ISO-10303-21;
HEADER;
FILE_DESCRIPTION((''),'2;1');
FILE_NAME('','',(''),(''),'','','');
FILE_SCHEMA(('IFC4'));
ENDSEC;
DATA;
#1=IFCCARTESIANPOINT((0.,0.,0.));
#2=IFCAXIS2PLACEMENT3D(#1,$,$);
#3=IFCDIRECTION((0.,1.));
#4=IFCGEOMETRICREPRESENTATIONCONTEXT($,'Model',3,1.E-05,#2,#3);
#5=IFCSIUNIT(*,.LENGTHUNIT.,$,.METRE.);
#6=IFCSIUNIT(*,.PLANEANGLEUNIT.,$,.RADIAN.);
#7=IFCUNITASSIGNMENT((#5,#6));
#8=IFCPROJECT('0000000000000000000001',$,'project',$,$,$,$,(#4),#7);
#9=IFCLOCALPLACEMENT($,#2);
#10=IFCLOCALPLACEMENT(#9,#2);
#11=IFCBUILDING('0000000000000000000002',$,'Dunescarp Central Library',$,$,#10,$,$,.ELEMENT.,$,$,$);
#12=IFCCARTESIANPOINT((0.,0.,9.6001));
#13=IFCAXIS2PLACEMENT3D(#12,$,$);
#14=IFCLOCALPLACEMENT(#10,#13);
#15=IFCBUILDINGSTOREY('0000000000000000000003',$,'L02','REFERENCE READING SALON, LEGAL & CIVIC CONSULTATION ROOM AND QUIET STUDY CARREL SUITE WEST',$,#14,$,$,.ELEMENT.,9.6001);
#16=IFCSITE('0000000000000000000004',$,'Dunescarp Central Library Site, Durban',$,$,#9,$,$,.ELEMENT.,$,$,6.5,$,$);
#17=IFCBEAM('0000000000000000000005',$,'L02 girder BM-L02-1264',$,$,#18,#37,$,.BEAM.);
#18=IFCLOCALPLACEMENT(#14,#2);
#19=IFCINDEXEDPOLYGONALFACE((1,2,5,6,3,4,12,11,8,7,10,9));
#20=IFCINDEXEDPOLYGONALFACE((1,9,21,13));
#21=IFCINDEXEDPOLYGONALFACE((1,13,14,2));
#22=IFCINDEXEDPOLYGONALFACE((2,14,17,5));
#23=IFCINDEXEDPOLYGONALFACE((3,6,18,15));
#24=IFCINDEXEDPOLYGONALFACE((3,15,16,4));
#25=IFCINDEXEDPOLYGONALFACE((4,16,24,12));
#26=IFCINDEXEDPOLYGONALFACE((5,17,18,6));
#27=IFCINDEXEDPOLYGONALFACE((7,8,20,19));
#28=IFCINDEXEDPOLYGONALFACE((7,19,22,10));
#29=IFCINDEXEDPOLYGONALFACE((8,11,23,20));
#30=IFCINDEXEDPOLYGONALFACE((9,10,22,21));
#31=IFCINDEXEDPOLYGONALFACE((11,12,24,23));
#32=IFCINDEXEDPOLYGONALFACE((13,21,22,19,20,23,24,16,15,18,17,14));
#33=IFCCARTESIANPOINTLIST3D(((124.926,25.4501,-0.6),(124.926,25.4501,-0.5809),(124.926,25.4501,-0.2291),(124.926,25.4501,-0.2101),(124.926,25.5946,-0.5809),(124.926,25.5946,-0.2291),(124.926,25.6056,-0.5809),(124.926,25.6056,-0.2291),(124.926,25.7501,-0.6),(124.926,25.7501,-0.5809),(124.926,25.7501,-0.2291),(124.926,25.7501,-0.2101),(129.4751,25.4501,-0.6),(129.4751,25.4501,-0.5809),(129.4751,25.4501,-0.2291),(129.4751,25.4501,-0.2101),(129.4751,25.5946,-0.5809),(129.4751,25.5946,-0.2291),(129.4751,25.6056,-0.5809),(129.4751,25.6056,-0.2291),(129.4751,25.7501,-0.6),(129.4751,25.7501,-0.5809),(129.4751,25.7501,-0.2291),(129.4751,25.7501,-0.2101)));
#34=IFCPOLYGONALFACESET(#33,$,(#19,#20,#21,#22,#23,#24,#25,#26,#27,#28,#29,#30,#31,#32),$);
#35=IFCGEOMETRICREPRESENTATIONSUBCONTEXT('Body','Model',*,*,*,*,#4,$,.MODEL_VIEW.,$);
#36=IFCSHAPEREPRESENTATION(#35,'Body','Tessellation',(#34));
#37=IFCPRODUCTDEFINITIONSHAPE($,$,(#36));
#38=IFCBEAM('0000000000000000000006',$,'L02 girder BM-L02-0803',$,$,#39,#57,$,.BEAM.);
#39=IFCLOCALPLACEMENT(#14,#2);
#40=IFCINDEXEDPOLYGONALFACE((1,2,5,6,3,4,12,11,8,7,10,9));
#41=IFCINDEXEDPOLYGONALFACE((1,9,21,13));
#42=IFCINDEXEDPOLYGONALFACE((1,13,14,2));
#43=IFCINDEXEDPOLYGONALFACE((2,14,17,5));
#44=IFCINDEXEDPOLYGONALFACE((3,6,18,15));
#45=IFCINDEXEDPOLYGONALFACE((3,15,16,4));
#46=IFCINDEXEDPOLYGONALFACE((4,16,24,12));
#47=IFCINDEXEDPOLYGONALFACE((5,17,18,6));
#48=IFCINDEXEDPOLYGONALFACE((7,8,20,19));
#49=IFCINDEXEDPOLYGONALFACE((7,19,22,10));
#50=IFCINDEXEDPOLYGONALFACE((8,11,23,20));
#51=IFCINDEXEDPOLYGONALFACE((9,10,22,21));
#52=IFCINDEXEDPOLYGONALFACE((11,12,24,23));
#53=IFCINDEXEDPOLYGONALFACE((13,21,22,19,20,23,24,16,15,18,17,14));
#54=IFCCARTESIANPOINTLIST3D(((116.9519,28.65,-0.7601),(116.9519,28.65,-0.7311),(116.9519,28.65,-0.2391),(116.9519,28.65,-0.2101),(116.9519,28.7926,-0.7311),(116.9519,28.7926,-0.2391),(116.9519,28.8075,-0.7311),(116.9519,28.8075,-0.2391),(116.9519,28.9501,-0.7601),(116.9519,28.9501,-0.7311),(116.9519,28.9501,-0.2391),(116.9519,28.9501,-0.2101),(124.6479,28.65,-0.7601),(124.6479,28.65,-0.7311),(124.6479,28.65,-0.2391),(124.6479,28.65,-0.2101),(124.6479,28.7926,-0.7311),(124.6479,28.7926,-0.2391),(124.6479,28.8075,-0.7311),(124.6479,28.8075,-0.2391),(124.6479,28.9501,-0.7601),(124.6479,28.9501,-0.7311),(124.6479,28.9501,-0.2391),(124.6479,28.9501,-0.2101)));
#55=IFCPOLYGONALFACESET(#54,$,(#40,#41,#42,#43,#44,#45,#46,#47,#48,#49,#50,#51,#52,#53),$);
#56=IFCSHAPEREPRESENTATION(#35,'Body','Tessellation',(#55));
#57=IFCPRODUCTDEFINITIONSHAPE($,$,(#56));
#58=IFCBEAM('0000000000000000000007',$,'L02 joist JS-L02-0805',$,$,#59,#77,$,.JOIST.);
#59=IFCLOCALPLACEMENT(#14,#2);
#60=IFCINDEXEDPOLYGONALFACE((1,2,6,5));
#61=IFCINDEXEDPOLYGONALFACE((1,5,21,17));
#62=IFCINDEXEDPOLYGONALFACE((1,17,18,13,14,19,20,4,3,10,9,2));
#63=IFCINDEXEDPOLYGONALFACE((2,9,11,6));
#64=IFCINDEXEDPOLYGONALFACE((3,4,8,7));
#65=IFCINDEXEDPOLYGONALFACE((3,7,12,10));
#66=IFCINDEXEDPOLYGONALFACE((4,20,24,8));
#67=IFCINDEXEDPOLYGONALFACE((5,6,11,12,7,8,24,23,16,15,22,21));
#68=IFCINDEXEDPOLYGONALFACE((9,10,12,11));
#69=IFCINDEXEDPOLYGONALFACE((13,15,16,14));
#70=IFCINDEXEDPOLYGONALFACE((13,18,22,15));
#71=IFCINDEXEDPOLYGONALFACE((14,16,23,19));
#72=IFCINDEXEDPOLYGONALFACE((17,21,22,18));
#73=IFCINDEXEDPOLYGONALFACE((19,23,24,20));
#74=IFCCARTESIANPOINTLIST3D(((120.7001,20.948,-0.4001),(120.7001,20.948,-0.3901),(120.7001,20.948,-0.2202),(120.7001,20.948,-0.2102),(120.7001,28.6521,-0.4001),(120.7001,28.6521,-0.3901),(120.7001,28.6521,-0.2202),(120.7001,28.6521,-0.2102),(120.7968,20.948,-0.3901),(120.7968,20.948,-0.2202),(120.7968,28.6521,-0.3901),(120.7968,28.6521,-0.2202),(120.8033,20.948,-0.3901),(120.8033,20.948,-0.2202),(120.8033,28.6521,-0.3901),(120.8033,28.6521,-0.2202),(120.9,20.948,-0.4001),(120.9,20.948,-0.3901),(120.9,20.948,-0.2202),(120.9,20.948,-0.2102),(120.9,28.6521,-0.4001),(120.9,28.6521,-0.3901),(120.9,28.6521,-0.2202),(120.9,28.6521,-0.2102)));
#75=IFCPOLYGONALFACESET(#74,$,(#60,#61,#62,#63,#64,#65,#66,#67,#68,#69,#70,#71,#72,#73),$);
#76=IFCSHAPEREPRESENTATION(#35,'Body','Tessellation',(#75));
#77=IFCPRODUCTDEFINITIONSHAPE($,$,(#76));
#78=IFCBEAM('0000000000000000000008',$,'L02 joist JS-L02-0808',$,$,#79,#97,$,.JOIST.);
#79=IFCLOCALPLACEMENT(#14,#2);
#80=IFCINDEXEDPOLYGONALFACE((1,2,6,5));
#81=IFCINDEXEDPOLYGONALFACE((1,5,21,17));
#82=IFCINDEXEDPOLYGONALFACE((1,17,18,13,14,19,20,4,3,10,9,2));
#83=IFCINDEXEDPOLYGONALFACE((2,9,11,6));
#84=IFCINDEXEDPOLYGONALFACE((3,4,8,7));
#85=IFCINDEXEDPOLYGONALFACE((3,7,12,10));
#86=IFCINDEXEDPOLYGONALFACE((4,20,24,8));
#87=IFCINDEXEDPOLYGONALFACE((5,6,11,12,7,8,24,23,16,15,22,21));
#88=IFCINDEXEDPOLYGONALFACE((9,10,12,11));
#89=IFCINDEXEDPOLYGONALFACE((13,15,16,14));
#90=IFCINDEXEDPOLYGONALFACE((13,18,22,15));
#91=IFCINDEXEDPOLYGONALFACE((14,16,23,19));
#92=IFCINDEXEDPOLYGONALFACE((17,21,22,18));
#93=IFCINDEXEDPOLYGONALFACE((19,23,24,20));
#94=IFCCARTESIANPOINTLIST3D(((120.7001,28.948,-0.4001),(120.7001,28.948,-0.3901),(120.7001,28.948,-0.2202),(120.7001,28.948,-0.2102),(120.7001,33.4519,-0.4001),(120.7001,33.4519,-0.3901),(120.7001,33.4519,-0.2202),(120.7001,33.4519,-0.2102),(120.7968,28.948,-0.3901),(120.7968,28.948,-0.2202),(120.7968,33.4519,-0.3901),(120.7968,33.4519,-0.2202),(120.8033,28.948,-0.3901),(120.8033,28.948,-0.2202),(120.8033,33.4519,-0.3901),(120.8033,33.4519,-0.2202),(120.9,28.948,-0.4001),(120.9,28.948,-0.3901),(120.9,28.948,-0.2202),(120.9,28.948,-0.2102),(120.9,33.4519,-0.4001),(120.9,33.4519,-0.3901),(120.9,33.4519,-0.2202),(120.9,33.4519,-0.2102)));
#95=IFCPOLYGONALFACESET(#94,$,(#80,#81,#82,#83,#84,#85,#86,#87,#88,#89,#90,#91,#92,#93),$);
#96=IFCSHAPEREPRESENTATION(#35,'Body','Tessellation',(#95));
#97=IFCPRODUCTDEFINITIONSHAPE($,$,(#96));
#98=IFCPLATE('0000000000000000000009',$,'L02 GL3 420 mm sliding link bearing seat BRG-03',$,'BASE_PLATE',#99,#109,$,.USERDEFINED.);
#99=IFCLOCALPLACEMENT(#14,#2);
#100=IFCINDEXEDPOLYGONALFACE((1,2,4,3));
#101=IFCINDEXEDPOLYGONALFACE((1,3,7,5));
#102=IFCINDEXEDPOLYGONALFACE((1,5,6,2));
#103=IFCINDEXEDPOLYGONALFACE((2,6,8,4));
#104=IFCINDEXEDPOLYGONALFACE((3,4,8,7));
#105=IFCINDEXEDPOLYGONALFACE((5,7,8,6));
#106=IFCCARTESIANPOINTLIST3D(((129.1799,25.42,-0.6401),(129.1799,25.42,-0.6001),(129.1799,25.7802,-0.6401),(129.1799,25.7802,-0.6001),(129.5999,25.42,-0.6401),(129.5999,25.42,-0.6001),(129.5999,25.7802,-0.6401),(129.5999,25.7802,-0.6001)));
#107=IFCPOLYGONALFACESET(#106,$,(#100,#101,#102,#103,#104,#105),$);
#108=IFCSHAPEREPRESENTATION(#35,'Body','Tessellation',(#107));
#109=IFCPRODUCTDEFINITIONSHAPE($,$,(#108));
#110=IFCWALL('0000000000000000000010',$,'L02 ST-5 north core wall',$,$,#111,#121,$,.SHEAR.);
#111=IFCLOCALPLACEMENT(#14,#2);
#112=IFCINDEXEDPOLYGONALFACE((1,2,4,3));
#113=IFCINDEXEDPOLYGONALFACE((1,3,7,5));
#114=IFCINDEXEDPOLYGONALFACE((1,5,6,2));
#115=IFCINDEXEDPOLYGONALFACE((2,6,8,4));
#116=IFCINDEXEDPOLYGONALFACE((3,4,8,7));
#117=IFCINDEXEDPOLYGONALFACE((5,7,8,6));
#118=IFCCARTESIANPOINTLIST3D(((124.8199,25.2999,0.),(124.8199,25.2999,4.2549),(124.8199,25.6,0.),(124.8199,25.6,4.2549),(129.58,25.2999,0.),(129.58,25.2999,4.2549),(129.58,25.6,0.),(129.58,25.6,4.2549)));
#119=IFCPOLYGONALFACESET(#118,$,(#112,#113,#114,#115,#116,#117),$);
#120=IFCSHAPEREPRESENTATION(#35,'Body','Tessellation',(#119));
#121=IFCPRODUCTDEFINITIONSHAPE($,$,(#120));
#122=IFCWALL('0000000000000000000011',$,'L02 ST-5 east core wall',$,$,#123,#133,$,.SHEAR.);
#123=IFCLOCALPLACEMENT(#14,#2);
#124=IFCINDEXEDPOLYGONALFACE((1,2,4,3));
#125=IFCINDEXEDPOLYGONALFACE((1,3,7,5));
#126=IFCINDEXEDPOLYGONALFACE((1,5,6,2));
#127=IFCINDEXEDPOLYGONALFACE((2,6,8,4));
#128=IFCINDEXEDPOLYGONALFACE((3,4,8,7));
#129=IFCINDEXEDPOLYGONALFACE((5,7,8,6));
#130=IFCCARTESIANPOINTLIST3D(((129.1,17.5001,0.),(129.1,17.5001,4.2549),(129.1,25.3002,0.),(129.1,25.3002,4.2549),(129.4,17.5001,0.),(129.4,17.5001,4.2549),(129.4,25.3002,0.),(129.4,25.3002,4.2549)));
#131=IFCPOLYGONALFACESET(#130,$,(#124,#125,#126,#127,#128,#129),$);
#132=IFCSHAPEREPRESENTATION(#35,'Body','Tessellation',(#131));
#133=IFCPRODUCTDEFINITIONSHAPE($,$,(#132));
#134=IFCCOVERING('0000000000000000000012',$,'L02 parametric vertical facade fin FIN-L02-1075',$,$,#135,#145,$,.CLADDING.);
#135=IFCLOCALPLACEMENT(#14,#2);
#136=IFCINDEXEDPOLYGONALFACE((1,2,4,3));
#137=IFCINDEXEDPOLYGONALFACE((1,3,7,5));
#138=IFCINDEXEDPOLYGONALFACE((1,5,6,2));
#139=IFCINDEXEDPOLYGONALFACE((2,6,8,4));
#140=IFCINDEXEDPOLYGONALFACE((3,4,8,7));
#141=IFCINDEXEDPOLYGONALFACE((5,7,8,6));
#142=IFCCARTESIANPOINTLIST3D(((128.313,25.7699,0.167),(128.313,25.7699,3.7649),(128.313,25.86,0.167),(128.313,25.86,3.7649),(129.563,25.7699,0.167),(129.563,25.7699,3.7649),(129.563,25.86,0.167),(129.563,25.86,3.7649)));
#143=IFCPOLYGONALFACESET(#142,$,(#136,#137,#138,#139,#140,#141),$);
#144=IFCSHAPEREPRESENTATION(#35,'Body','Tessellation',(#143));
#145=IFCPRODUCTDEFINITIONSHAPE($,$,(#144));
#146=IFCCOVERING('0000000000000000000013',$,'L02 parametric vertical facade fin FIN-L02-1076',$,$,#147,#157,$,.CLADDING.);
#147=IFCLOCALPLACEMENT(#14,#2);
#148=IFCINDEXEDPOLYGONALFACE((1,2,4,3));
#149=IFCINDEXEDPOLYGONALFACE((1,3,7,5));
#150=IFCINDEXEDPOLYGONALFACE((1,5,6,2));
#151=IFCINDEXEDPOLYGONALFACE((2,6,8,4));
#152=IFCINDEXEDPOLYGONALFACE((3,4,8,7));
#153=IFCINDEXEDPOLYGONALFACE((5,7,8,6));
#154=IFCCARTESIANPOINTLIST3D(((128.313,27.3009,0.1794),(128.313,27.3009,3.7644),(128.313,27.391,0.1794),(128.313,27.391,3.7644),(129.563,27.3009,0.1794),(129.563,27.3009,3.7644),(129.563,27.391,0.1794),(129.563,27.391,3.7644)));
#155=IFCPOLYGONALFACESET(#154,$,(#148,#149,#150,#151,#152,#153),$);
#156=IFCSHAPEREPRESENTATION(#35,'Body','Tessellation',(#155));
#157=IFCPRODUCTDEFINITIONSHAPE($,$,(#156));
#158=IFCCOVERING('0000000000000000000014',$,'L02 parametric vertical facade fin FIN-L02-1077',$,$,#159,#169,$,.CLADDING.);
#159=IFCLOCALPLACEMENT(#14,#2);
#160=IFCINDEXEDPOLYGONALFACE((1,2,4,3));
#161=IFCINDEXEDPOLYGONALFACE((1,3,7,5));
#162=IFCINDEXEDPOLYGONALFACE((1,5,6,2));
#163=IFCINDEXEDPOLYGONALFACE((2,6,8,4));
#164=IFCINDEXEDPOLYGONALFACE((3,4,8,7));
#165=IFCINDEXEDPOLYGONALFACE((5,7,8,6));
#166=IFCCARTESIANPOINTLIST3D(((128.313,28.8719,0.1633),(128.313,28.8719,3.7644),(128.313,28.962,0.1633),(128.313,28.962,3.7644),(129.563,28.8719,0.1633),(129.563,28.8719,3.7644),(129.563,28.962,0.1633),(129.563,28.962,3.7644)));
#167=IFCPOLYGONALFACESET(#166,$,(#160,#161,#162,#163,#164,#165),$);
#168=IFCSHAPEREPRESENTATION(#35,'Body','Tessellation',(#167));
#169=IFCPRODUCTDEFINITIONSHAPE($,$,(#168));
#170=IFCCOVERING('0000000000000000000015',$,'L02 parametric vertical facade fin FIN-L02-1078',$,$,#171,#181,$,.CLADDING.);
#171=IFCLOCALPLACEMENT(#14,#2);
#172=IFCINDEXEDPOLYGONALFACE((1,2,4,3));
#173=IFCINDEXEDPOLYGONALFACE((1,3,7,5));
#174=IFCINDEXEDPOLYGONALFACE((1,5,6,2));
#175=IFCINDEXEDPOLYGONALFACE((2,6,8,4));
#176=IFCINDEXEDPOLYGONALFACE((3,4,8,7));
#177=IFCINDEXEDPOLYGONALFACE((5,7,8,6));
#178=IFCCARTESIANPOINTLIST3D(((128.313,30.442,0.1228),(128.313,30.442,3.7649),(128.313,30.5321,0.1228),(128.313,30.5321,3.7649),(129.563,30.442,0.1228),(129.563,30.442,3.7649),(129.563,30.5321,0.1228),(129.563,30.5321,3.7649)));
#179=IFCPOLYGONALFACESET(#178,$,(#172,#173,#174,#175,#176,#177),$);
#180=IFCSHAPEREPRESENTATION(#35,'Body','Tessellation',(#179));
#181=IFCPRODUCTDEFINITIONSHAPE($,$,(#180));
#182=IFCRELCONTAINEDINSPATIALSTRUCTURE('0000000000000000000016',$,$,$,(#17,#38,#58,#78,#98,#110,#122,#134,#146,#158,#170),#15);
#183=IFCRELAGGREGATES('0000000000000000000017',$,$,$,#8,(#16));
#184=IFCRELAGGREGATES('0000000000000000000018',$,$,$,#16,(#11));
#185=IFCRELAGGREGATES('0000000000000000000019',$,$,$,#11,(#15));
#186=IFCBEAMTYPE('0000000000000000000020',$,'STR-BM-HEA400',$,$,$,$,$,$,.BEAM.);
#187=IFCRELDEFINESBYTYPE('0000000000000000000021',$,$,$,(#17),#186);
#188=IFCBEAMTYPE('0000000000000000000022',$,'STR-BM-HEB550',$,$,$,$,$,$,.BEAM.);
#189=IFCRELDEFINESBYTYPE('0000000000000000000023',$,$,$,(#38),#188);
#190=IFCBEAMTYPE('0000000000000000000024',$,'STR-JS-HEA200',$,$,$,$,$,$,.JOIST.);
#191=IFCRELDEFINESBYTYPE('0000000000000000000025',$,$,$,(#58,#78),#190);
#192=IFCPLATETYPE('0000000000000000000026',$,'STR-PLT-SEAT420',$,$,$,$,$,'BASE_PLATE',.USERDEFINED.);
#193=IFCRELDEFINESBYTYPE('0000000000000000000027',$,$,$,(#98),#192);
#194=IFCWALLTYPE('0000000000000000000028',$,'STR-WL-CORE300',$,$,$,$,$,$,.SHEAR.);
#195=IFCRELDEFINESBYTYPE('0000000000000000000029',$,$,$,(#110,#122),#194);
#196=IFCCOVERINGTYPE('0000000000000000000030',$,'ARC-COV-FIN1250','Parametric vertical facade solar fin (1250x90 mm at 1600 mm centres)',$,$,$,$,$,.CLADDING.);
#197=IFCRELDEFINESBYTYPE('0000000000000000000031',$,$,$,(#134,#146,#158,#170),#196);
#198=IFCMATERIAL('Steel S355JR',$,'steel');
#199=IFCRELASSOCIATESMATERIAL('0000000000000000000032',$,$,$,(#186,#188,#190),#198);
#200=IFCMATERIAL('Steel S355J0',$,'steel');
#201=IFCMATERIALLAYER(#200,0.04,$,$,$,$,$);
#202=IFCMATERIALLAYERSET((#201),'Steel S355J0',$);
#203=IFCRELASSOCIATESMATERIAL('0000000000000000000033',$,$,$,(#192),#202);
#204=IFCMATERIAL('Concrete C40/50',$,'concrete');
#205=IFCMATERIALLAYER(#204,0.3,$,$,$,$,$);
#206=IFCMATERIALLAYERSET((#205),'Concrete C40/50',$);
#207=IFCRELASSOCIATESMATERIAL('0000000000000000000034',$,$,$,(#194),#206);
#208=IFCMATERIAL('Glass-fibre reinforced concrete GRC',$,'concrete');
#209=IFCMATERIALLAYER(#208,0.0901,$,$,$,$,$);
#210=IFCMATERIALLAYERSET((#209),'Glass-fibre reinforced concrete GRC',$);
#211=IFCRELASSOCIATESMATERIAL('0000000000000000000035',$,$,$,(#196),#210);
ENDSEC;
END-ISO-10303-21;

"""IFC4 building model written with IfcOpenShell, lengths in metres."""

from ifc_helpers import new_model, si_unit, direction, frame, frame_2d, origin, origin_2d, place, context, subcontext, project, spatial, rectangle, i_section, extrude, material, layer, layer_set, material_profile, profile_set, type_object, element, save


model = new_model("IFC4")

# Units and contexts
model_context = context("Model", 3, precision=1e-05, world=origin(), true_north=direction((0.0, 1.0)))
body_context = subcontext(model_context, "Body", "Model", "MODEL_VIEW")
ifc_project = project(units=[si_unit("LENGTHUNIT", "METRE"), si_unit("PLANEANGLEUNIT", "RADIAN")], contexts=[model_context])

# Site, building, storey
site_placement = place(None, origin())
site = spatial("IfcSite", under=ifc_project, at=site_placement, Name="Dunescarp Central Library Site, Durban", CompositionType="ELEMENT", RefElevation=6.5)
building_placement = place(site_placement, origin())
building = spatial("IfcBuilding", under=site, at=building_placement, Name="Dunescarp Central Library", CompositionType="ELEMENT")
storey_placement = place(building_placement, frame((0.0, 0.0, 9.6001)))
storey = spatial("IfcBuildingStorey", under=building, at=storey_placement, Name="L02", Description="REFERENCE READING SALON, LEGAL & CIVIC CONSULTATION ROOM AND QUIET STUDY CARREL SUITE WEST", CompositionType="ELEMENT", Elevation=9.6001)

# Shared definitions
ifc_material_1 = material(Name="Steel S355JR", Category="steel")

# Beams
ifc_material_profile_1 = material_profile(ifc_material_1, i_section(OverallWidth=0.3, OverallDepth=0.3899, WebThickness=0.011, FlangeThickness=0.019, at=origin_2d()), Name="HEA 400")
ifc_profile_set_1 = profile_set([ifc_material_profile_1], Name="Steel S355JR")
beam_type_1 = type_object("IfcBeamType", Name="STR-BM-HEA400", PredefinedType="BEAM", material=ifc_profile_set_1)
beam_1_placement = place(storey_placement, frame((124.926, 25.6001, -0.405), z_axis=(1.0, 0.0, 0.0), x_axis=(0.0, 1.0, 0.0)))
element("IfcBeam", 1, at=beam_1_placement, inside=storey, type_object=beam_type_1, Name="L02 girder BM-L02-1264", PredefinedType="BEAM", context=body_context, shape_type="SweptSolid", body=[
    extrude(i_section(OverallWidth=0.3, OverallDepth=0.3899, WebThickness=0.011, FlangeThickness=0.019, at=origin_2d()), origin(), (0.0, 0.0, 1.0), 4.5491),
])
ifc_material_profile_2 = material_profile(ifc_material_1, i_section(OverallWidth=0.3, OverallDepth=0.55, WebThickness=0.0149, FlangeThickness=0.0291, at=origin_2d()), Name="HEB 550")
ifc_profile_set_2 = profile_set([ifc_material_profile_2], Name="Steel S355JR")
beam_type_2 = type_object("IfcBeamType", Name="STR-BM-HEB550", PredefinedType="BEAM", material=ifc_profile_set_2)
beam_2_placement = place(storey_placement, frame((116.9519, 28.8, -0.4851), z_axis=(1.0, 0.0, 0.0), x_axis=(0.0, 1.0, 0.0)))
element("IfcBeam", 2, at=beam_2_placement, inside=storey, type_object=beam_type_2, Name="L02 girder BM-L02-0803", PredefinedType="BEAM", context=body_context, shape_type="SweptSolid", body=[
    extrude(i_section(OverallWidth=0.3, OverallDepth=0.55, WebThickness=0.0149, FlangeThickness=0.0291, at=origin_2d()), origin(), (0.0, 0.0, 1.0), 7.696),
])
ifc_material_profile_3 = material_profile(ifc_material_1, i_section(OverallWidth=0.2, OverallDepth=0.1899, WebThickness=0.0066, FlangeThickness=0.01, at=origin_2d()), Name="HEA 200")
ifc_profile_set_3 = profile_set([ifc_material_profile_3], Name="Steel S355JR")
beam_type_3 = type_object("IfcBeamType", Name="STR-JS-HEA200", PredefinedType="JOIST", material=ifc_profile_set_3)
beam_3_placement = place(storey_placement, frame((120.8, 20.948, -0.3052), z_axis=(0.0, 1.0, 0.0), x_axis=(-1.0, 0.0, 0.0)))
element("IfcBeam", 3, at=beam_3_placement, inside=storey, type_object=beam_type_3, Name="L02 joist JS-L02-0805", PredefinedType="JOIST", context=body_context, shape_type="SweptSolid", body=[
    extrude(i_section(OverallWidth=0.2, OverallDepth=0.1899, WebThickness=0.0066, FlangeThickness=0.01, at=origin_2d()), origin(), (0.0, 0.0, 1.0), 7.7041),
])
beam_4_placement = place(storey_placement, frame((120.8, 28.948, -0.3052), z_axis=(0.0, 1.0, 0.0), x_axis=(-1.0, 0.0, 0.0)))
element("IfcBeam", 4, at=beam_4_placement, inside=storey, type_object=beam_type_3, Name="L02 joist JS-L02-0808", PredefinedType="JOIST", context=body_context, shape_type="SweptSolid", body=[
    extrude(i_section(OverallWidth=0.2, OverallDepth=0.1899, WebThickness=0.0066, FlangeThickness=0.01, at=origin_2d()), origin(), (0.0, 0.0, 1.0), 4.5039),
])

# Plate
ifc_material_2 = material(Name="Steel S355J0", Category="steel")
ifc_layer_1 = layer(ifc_material_2, 0.04)
ifc_layer_set_1 = layer_set([ifc_layer_1], Name="Steel S355J0")
plate_type = type_object("IfcPlateType", Name="STR-PLT-SEAT420", ElementType="BASE_PLATE", PredefinedType="USERDEFINED", material=ifc_layer_set_1)
plate_placement = place(storey_placement, frame((129.3899, 25.6001, -0.6401), z_axis=(0.0, 0.0, 1.0), x_axis=(1.0, 0.0, 0.0)))
element("IfcPlate", 5, at=plate_placement, inside=storey, type_object=plate_type, Name="L02 GL3 420 mm sliding link bearing seat BRG-03", ObjectType="BASE_PLATE", PredefinedType="USERDEFINED", context=body_context, shape_type="SweptSolid", body=[
    extrude(rectangle(XDim=0.4199, YDim=0.3601, at=origin_2d()), origin(), (0.0, 0.0, 1.0), 0.04),
])

# Walls
ifc_material_3 = material(Name="Concrete C40/50", Category="concrete")
ifc_layer_2 = layer(ifc_material_3, 0.3)
ifc_layer_set_2 = layer_set([ifc_layer_2], Name="Concrete C40/50")
wall_type = type_object("IfcWallType", Name="STR-WL-CORE300", PredefinedType="SHEAR", material=ifc_layer_set_2)
wall_1_placement = place(storey_placement, frame((124.8201, 25.45, 0.0), z_axis=(0.0, 0.0, 1.0), x_axis=(1.0, 0.0, 0.0)))
element("IfcWall", 6, at=wall_1_placement, inside=storey, type_object=wall_type, Name="L02 ST-5 north core wall", PredefinedType="SHEAR", context=body_context, shape_type="SweptSolid", body=[
    extrude(rectangle(XDim=4.76, YDim=0.3, at=frame_2d((2.3799, 0.0))), origin(), (0.0, 0.0, 1.0), 4.2549),
])
wall_2_placement = place(storey_placement, frame((129.25, 25.3, 0.0), z_axis=(0.0, 0.0, 1.0), x_axis=(0.0, -1.0, 0.0)))
element("IfcWall", 7, at=wall_2_placement, inside=storey, type_object=wall_type, Name="L02 ST-5 east core wall", PredefinedType="SHEAR", context=body_context, shape_type="SweptSolid", body=[
    extrude(rectangle(XDim=7.8, YDim=0.3, at=frame_2d((3.8999, 0.0))), origin(), (0.0, 0.0, 1.0), 4.2549),
])

# Coverings
ifc_material_4 = material(Name="Glass-fibre reinforced concrete GRC", Category="concrete")
ifc_layer_3 = layer(ifc_material_4, 0.0901)
ifc_layer_set_3 = layer_set([ifc_layer_3], Name="Glass-fibre reinforced concrete GRC")
covering_type = type_object("IfcCoveringType", Name="ARC-COV-FIN1250", Description="Parametric vertical facade solar fin (1250x90 mm at 1600 mm centres)", PredefinedType="CLADDING", material=ifc_layer_set_3)
covering_1_placement = place(storey_placement, frame((128.938, 25.8149, 0.167), z_axis=(0.0, 0.0, 1.0), x_axis=(-1.0, 0.0, 0.0)))
element("IfcCovering", 8, at=covering_1_placement, inside=storey, type_object=covering_type, Name="L02 parametric vertical facade fin FIN-L02-1075", PredefinedType="CLADDING", context=body_context, shape_type="SweptSolid", body=[
    extrude(rectangle(XDim=1.25, YDim=0.0901, at=origin_2d()), origin(), (0.0, 0.0, 1.0), 3.5979),
])
covering_2_placement = place(storey_placement, frame((128.938, 27.3459, 0.1794), z_axis=(0.0, 0.0, 1.0), x_axis=(-1.0, 0.0, 0.0)))
element("IfcCovering", 9, at=covering_2_placement, inside=storey, type_object=covering_type, Name="L02 parametric vertical facade fin FIN-L02-1076", PredefinedType="CLADDING", context=body_context, shape_type="SweptSolid", body=[
    extrude(rectangle(XDim=1.25, YDim=0.0901, at=origin_2d()), origin(), (0.0, 0.0, 1.0), 3.585),
])
covering_3_placement = place(storey_placement, frame((128.938, 28.917, 0.1633), z_axis=(0.0, 0.0, 1.0), x_axis=(-1.0, 0.0, 0.0)))
element("IfcCovering", 10, at=covering_3_placement, inside=storey, type_object=covering_type, Name="L02 parametric vertical facade fin FIN-L02-1077", PredefinedType="CLADDING", context=body_context, shape_type="SweptSolid", body=[
    extrude(rectangle(XDim=1.25, YDim=0.0901, at=origin_2d()), origin(), (0.0, 0.0, 1.0), 3.6011),
])
covering_4_placement = place(storey_placement, frame((128.938, 30.4871, 0.1228), z_axis=(0.0, 0.0, 1.0), x_axis=(-1.0, 0.0, 0.0)))
element("IfcCovering", 11, at=covering_4_placement, inside=storey, type_object=covering_type, Name="L02 parametric vertical facade fin FIN-L02-1078", PredefinedType="CLADDING", context=body_context, shape_type="SweptSolid", body=[
    extrude(rectangle(XDim=1.25, YDim=0.0901, at=origin_2d()), origin(), (0.0, 0.0, 1.0), 3.6421),
])

save(model, "model.ifc")
